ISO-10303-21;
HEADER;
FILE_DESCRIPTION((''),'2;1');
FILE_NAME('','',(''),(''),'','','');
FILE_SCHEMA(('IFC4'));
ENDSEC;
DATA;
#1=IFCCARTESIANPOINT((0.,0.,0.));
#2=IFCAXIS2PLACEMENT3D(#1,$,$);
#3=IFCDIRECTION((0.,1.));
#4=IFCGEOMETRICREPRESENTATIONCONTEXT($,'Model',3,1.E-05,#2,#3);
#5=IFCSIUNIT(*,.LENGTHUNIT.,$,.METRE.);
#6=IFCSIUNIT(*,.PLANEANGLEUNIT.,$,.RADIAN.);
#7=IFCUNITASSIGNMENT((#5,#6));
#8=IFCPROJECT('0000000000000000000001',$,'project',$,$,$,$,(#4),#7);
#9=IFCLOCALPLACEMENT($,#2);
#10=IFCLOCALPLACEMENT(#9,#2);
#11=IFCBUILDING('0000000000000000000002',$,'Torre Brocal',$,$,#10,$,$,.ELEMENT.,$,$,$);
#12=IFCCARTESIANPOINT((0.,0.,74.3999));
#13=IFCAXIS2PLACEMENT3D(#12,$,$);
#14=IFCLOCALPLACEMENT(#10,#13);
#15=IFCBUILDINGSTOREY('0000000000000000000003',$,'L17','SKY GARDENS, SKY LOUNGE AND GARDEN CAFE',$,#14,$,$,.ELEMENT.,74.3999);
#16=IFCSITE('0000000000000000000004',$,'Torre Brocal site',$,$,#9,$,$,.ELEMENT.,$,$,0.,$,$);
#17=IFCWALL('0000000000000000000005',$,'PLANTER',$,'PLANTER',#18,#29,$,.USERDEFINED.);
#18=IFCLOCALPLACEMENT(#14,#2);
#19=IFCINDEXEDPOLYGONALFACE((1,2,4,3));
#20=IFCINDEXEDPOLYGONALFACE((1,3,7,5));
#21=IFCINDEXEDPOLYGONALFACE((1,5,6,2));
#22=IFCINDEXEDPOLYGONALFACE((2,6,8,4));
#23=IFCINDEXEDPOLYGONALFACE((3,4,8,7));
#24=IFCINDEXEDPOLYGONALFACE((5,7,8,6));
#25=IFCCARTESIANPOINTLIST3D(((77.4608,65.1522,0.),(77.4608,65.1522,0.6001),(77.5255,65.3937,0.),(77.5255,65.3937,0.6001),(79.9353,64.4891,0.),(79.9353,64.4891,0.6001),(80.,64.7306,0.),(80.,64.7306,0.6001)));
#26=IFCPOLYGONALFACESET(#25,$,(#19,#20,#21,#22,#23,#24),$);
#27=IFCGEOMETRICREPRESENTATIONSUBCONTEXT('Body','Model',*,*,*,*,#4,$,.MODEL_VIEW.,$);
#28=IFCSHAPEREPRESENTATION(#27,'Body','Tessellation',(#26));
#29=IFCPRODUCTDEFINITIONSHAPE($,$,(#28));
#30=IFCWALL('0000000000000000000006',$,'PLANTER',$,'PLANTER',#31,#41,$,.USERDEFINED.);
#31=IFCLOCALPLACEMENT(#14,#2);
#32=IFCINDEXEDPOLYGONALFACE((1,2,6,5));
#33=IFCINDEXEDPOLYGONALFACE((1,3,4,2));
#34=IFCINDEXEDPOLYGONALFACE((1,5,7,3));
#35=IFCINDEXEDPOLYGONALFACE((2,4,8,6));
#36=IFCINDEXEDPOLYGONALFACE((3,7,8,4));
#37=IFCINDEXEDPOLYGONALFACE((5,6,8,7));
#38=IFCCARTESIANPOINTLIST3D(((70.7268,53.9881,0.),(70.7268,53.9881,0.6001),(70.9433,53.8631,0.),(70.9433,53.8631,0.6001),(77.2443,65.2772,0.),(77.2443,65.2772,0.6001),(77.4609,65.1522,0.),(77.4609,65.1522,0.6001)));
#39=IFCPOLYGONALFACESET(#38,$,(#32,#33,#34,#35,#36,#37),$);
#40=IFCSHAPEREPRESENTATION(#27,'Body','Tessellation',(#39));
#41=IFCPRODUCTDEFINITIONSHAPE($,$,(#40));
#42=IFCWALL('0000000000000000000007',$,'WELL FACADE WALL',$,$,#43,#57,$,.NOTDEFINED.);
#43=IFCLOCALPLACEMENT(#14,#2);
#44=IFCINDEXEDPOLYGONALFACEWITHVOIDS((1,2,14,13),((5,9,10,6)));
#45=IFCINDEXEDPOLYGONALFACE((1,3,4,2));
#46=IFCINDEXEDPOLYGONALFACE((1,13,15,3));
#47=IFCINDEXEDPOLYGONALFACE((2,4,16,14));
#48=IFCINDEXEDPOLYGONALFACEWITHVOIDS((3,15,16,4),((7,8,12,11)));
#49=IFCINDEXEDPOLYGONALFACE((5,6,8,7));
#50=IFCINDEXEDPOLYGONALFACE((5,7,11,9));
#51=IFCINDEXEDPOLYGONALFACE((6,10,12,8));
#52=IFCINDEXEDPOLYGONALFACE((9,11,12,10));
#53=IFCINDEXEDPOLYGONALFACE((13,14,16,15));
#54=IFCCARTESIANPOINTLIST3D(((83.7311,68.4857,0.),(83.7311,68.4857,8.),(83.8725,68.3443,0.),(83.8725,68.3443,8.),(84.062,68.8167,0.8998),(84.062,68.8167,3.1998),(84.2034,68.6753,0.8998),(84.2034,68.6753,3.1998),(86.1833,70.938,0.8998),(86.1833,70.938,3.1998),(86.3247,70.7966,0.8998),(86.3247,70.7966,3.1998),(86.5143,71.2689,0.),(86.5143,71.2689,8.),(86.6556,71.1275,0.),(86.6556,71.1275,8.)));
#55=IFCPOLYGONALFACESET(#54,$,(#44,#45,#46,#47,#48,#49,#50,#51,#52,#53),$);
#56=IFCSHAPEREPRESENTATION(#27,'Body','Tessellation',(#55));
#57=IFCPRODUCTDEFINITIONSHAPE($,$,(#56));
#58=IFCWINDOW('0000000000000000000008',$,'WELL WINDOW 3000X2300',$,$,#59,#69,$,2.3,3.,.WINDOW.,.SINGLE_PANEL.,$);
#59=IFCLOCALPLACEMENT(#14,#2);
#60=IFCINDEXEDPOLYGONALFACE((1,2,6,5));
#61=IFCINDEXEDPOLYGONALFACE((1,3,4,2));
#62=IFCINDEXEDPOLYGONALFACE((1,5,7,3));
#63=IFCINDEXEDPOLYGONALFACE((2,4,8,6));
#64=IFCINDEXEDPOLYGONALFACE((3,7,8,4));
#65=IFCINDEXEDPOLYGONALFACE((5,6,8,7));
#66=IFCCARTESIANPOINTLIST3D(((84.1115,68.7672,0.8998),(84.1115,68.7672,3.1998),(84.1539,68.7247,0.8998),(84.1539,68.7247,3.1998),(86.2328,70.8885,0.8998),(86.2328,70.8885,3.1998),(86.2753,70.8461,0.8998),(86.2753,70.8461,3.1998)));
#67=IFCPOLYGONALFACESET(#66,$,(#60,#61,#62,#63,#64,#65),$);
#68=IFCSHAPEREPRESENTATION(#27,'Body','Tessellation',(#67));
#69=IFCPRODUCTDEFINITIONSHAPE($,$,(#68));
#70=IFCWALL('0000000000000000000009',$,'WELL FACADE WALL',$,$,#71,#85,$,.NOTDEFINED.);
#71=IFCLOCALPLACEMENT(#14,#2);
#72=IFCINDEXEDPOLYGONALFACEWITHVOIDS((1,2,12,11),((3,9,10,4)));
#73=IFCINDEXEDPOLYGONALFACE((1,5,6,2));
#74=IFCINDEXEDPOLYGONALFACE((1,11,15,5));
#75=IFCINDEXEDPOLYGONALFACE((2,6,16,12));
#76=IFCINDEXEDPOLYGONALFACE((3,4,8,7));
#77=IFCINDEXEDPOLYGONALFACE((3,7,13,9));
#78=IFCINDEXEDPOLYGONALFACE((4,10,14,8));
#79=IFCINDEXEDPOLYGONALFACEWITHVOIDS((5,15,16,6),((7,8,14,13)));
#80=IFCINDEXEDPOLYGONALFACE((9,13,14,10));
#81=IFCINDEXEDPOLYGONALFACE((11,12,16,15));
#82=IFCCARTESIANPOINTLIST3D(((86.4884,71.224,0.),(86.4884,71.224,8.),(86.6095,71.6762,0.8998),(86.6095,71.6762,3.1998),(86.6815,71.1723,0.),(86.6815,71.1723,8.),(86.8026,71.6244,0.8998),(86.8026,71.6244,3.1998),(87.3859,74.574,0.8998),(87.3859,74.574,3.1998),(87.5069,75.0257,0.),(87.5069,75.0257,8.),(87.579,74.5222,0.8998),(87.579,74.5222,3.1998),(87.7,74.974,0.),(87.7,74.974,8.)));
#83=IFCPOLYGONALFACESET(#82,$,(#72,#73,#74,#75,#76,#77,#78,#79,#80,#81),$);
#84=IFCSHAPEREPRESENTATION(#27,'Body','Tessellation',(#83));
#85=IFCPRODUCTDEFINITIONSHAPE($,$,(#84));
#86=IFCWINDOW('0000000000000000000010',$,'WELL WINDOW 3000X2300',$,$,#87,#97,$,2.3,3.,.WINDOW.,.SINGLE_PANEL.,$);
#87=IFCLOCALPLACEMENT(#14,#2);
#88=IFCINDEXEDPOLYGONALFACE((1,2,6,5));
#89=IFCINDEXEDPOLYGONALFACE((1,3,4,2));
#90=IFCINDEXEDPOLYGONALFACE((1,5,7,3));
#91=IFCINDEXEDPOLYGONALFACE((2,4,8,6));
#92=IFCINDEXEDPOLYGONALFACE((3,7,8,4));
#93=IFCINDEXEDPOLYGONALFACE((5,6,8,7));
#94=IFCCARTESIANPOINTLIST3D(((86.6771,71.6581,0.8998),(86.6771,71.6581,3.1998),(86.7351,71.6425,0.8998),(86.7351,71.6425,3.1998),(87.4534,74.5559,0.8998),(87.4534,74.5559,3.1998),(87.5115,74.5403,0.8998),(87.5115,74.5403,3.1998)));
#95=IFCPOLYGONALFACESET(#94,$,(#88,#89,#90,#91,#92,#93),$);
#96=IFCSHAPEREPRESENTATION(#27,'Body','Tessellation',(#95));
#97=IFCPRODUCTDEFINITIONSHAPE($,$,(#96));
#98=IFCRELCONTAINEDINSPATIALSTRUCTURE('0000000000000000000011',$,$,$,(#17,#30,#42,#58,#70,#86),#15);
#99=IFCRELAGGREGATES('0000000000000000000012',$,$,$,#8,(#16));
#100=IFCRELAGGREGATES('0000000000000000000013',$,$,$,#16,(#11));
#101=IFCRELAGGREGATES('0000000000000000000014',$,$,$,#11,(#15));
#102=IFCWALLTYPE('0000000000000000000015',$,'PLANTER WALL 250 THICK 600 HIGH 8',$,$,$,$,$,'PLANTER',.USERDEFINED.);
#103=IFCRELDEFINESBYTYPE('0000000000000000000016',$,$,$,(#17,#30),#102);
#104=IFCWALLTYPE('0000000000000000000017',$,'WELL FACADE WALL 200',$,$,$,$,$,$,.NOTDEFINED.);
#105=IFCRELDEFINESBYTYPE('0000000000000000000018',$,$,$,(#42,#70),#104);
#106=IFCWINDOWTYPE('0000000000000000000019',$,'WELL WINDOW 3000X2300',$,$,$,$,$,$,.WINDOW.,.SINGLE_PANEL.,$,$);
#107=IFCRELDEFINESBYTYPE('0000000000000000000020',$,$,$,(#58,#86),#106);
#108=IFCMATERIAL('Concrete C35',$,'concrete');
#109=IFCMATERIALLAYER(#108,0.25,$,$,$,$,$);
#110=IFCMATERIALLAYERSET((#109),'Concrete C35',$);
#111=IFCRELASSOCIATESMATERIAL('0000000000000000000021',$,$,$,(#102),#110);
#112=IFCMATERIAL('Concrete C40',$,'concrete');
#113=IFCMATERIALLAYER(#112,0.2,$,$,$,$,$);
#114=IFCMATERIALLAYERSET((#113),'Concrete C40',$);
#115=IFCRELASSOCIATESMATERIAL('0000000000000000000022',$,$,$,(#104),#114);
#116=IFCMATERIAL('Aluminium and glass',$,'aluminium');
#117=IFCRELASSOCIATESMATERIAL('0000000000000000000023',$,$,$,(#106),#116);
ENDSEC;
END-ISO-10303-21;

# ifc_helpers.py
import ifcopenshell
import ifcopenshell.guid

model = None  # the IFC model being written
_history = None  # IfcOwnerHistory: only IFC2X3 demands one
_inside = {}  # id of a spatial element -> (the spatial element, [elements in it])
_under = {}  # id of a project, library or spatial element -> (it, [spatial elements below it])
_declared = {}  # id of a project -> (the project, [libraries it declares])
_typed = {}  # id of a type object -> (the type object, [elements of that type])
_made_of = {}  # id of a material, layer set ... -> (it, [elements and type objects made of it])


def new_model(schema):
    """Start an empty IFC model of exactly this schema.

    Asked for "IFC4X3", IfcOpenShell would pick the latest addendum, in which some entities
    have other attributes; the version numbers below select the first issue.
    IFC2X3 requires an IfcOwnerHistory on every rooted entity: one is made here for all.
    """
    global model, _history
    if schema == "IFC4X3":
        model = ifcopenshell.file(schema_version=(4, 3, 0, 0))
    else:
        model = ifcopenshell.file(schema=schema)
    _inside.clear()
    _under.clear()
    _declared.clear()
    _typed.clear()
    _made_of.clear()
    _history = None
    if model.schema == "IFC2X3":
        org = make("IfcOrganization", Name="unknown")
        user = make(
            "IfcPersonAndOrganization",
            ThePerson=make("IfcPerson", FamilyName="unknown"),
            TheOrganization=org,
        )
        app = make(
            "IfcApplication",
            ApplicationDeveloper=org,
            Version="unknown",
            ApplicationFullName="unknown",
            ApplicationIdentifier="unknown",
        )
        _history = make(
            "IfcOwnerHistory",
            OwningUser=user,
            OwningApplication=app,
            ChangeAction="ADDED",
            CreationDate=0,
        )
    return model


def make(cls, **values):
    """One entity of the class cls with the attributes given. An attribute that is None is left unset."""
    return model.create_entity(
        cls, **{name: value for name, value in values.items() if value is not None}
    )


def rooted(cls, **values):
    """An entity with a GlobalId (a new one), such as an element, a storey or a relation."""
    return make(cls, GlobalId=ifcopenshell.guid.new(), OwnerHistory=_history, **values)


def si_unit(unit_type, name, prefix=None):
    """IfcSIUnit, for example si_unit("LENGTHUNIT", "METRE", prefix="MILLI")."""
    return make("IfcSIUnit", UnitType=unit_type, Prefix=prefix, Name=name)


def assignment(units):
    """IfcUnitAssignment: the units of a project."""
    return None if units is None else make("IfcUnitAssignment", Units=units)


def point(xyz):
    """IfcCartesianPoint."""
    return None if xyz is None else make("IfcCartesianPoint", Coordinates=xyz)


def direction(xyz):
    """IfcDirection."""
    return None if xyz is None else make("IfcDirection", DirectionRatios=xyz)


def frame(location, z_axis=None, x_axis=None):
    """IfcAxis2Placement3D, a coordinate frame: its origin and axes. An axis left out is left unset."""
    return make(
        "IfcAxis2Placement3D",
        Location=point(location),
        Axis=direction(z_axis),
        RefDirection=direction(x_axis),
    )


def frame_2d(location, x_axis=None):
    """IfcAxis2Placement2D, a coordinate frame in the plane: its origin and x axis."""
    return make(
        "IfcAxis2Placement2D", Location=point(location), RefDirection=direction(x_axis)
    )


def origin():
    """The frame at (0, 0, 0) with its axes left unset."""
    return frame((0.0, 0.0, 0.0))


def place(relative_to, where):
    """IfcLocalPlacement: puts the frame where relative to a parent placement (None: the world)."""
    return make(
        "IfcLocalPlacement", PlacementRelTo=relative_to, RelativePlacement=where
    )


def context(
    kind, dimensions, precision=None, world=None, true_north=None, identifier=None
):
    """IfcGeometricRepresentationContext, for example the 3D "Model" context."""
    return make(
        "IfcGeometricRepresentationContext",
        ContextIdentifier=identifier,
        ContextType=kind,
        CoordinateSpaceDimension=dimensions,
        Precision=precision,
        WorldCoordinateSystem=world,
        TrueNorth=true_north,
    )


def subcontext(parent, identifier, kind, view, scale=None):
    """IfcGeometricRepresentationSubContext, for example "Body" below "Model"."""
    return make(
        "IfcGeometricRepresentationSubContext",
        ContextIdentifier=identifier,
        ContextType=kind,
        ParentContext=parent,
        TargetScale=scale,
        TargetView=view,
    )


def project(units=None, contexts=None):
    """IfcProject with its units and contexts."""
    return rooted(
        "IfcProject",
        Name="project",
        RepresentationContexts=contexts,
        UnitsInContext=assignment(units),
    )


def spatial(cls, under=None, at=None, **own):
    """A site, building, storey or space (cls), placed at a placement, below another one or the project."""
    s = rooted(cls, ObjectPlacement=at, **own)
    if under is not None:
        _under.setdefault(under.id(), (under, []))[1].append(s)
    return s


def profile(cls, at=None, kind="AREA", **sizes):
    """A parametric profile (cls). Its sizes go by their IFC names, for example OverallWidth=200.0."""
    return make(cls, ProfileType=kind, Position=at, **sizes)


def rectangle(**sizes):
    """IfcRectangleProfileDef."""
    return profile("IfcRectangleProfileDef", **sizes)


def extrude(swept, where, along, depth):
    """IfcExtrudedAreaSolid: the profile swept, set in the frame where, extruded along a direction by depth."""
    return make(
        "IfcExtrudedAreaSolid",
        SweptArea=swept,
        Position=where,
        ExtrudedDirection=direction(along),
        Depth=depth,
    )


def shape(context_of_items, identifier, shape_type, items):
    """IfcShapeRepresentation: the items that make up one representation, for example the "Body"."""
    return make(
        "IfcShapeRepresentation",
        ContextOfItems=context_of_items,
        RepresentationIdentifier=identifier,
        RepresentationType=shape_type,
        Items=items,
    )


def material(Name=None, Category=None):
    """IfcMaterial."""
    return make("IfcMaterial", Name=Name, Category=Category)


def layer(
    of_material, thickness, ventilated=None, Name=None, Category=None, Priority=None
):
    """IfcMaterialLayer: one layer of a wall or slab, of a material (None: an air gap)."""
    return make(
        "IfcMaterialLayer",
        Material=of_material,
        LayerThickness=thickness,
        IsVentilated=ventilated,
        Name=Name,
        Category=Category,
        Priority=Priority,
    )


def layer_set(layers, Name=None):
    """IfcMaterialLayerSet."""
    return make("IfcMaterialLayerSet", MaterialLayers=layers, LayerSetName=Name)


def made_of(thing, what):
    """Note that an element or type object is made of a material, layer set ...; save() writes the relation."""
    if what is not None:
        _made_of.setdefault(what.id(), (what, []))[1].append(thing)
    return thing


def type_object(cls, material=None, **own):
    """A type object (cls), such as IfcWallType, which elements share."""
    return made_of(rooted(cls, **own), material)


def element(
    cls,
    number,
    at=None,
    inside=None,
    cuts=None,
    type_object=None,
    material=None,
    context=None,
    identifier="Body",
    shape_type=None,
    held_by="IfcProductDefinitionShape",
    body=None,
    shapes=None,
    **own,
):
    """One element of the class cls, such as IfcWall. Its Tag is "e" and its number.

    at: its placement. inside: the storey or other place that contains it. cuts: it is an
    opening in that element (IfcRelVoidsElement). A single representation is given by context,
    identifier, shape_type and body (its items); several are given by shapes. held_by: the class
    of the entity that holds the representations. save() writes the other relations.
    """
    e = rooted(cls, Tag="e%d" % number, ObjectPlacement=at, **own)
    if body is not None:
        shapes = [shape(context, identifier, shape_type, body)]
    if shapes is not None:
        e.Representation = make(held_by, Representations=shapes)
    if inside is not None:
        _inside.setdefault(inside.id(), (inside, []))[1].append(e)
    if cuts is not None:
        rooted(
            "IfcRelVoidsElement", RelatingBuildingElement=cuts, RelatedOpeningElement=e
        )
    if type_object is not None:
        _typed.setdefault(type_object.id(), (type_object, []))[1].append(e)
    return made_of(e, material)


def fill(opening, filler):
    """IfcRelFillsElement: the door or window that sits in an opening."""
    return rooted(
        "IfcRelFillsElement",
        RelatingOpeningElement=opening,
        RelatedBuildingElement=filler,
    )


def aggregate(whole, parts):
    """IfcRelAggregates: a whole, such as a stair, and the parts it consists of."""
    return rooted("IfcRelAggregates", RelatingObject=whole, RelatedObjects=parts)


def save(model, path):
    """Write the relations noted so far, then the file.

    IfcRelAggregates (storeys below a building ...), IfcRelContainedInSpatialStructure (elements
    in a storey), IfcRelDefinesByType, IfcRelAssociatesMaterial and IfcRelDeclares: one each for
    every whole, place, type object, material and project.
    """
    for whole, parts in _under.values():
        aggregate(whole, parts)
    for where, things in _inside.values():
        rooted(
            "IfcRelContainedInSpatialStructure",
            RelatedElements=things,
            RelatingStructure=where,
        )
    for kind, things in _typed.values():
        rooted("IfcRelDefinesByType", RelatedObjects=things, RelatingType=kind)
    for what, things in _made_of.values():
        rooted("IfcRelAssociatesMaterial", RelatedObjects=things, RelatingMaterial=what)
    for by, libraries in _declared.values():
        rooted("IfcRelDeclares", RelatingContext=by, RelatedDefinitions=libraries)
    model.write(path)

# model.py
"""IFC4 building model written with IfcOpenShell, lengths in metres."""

from ifc_helpers import new_model, si_unit, direction, frame, frame_2d, origin, place, context, subcontext, project, spatial, rectangle, extrude, material, layer, layer_set, type_object, element, fill, save


model = new_model("IFC4")

# Units and contexts
model_context = context("Model", 3, precision=1e-05, world=origin(), true_north=direction((0.0, 1.0)))
body_context = subcontext(model_context, "Body", "Model", "MODEL_VIEW")
ifc_project = project(units=[si_unit("LENGTHUNIT", "METRE"), si_unit("PLANEANGLEUNIT", "RADIAN")], contexts=[model_context])

# Site, building, storey
site_placement = place(None, origin())
site = spatial("IfcSite", under=ifc_project, at=site_placement, Name="Torre Brocal site", CompositionType="ELEMENT", RefElevation=0.0)
building_placement = place(site_placement, origin())
building = spatial("IfcBuilding", under=site, at=building_placement, Name="Torre Brocal", CompositionType="ELEMENT")
storey_placement = place(building_placement, frame((0.0, 0.0, 74.3999)))
storey = spatial("IfcBuildingStorey", under=building, at=storey_placement, Name="L17", Description="SKY GARDENS, SKY LOUNGE AND GARDEN CAFE", CompositionType="ELEMENT", Elevation=74.3999)

# Walls
ifc_material_1 = material(Name="Concrete C35", Category="concrete")
ifc_layer_1 = layer(ifc_material_1, 0.25)
ifc_layer_set_1 = layer_set([ifc_layer_1], Name="Concrete C35")
wall_type_1 = type_object("IfcWallType", Name="PLANTER WALL 250 THICK 600 HIGH 8", ElementType="PLANTER", PredefinedType="USERDEFINED", material=ifc_layer_set_1)
for number, where, z_axis, x_axis, name in (
    (1, (79.9675, 64.6099, 0.0), (0.0, 0.0, 1.0), (-0.965918, 0.258849, 0.0), "PLANTER"),
):
    element("IfcWall", number, at=place(storey_placement, frame(where, z_axis=z_axis, x_axis=x_axis)), inside=storey, type_object=wall_type_1, Name=name, ObjectType="PLANTER", PredefinedType="USERDEFINED", context=body_context, shape_type="SweptSolid", body=[
        extrude(rectangle(XDim=2.5618, YDim=0.25, at=frame_2d((1.2808, 0.0))), origin(), (0.0, 0.0, 1.0), 0.6001),
    ])
wall_1_placement = place(storey_placement, frame((77.3525, 65.2146, 0.0), z_axis=(0.0, 0.0, 1.0), x_axis=(-0.49999, -0.866031, 0.0)))
element("IfcWall", 2, at=wall_1_placement, inside=storey, type_object=wall_type_1, Name="PLANTER", ObjectType="PLANTER", PredefinedType="USERDEFINED", context=body_context, shape_type="SweptSolid", body=[
    extrude(rectangle(XDim=13.0354, YDim=0.25, at=frame_2d((6.5176, 0.0))), origin(), (0.0, 0.0, 1.0), 0.6001),
])

# Walls, openings, windows
ifc_material_2 = material(Name="Concrete C40", Category="concrete")
ifc_layer_2 = layer(ifc_material_2, 0.2)
ifc_layer_set_2 = layer_set([ifc_layer_2], Name="Concrete C40")
wall_type_2 = type_object("IfcWallType", Name="WELL FACADE WALL 200", PredefinedType="NOTDEFINED", material=ifc_layer_set_2)
wall_2_placement = place(storey_placement, frame((83.8018, 68.415, 0.0), z_axis=(0.0, 0.0, 1.0), x_axis=(0.707107, 0.707107, 0.0)))
wall_2 = element("IfcWall", 3, at=wall_2_placement, inside=storey, type_object=wall_type_2, Name="WELL FACADE WALL", PredefinedType="NOTDEFINED", context=body_context, shape_type="SweptSolid", body=[
    extrude(rectangle(XDim=3.936, YDim=0.2, at=frame_2d((1.968, 0.0))), origin(), (0.0, 0.0, 1.0), 8.0),
])
opening_1_placement = place(wall_2_placement, frame((0.468, 0.0, 0.8999)))
opening_1 = element("IfcOpeningElement", 4, at=opening_1_placement, cuts=wall_2, PredefinedType="OPENING", context=body_context, shape_type="SweptSolid", body=[
    extrude(rectangle(XDim=3.0, YDim=2.3, at=frame_2d((1.5, 1.1499))), frame((0.0, 0.1099, 0.0), z_axis=(0.0, -1.0, 0.0), x_axis=(1.0, 0.0, 0.0)), (0.0, 0.0, 1.0), 0.22),
])
ifc_material_3 = material(Name="Aluminium and glass", Category="aluminium")
window_type_1 = type_object("IfcWindowType", Name="WELL WINDOW 3000X2300", PartitioningType="SINGLE_PANEL", PredefinedType="WINDOW", material=ifc_material_3)
window_1_placement = place(opening_1_placement, origin())
window_1 = element("IfcWindow", 5, at=window_1_placement, inside=storey, type_object=window_type_1, Name="WELL WINDOW 3000X2300", OverallHeight=2.3, OverallWidth=3.0, PartitioningType="SINGLE_PANEL", PredefinedType="WINDOW", context=body_context, shape_type="SweptSolid", body=[
    extrude(rectangle(XDim=3.0, YDim=2.3, at=frame_2d((1.5, 1.1499))), frame((0.0, 0.03, 0.0), z_axis=(0.0, -1.0, 0.0), x_axis=(1.0, 0.0, 0.0)), (0.0, 0.0, 1.0), 0.0601),
])
fill(opening_1, window_1)
wall_3_placement = place(storey_placement, frame((86.585, 71.1982, 0.0), z_axis=(0.0, 0.0, 1.0), x_axis=(0.25879, 0.965934, 0.0)))
wall_3 = element("IfcWall", 6, at=wall_3_placement, inside=storey, type_object=wall_type_2, Name="WELL FACADE WALL", PredefinedType="NOTDEFINED", context=body_context, shape_type="SweptSolid", body=[
    extrude(rectangle(XDim=3.9358, YDim=0.2, at=frame_2d((1.9678, 0.0))), origin(), (0.0, 0.0, 1.0), 8.0),
])
opening_2_placement = place(wall_3_placement, frame((0.468, 0.0, 0.8999)))
opening_2 = element("IfcOpeningElement", 7, at=opening_2_placement, cuts=wall_3, PredefinedType="OPENING", context=body_context, shape_type="SweptSolid", body=[
    extrude(rectangle(XDim=3.0, YDim=2.3, at=frame_2d((1.5, 1.1499))), frame((0.0, 0.1099, 0.0), z_axis=(0.0, -1.0, 0.0), x_axis=(1.0, 0.0, 0.0)), (0.0, 0.0, 1.0), 0.22),
])
window_2_placement = place(opening_2_placement, origin())
window_2 = element("IfcWindow", 8, at=window_2_placement, inside=storey, type_object=window_type_1, Name="WELL WINDOW 3000X2300", OverallHeight=2.3, OverallWidth=3.0, PartitioningType="SINGLE_PANEL", PredefinedType="WINDOW", context=body_context, shape_type="SweptSolid", body=[
    extrude(rectangle(XDim=3.0, YDim=2.3, at=frame_2d((1.5, 1.1499))), frame((0.0, 0.03, 0.0), z_axis=(0.0, -1.0, 0.0), x_axis=(1.0, 0.0, 0.0)), (0.0, 0.0, 1.0), 0.0601),
])
fill(opening_2, window_2)

save(model, "model.ifc")
